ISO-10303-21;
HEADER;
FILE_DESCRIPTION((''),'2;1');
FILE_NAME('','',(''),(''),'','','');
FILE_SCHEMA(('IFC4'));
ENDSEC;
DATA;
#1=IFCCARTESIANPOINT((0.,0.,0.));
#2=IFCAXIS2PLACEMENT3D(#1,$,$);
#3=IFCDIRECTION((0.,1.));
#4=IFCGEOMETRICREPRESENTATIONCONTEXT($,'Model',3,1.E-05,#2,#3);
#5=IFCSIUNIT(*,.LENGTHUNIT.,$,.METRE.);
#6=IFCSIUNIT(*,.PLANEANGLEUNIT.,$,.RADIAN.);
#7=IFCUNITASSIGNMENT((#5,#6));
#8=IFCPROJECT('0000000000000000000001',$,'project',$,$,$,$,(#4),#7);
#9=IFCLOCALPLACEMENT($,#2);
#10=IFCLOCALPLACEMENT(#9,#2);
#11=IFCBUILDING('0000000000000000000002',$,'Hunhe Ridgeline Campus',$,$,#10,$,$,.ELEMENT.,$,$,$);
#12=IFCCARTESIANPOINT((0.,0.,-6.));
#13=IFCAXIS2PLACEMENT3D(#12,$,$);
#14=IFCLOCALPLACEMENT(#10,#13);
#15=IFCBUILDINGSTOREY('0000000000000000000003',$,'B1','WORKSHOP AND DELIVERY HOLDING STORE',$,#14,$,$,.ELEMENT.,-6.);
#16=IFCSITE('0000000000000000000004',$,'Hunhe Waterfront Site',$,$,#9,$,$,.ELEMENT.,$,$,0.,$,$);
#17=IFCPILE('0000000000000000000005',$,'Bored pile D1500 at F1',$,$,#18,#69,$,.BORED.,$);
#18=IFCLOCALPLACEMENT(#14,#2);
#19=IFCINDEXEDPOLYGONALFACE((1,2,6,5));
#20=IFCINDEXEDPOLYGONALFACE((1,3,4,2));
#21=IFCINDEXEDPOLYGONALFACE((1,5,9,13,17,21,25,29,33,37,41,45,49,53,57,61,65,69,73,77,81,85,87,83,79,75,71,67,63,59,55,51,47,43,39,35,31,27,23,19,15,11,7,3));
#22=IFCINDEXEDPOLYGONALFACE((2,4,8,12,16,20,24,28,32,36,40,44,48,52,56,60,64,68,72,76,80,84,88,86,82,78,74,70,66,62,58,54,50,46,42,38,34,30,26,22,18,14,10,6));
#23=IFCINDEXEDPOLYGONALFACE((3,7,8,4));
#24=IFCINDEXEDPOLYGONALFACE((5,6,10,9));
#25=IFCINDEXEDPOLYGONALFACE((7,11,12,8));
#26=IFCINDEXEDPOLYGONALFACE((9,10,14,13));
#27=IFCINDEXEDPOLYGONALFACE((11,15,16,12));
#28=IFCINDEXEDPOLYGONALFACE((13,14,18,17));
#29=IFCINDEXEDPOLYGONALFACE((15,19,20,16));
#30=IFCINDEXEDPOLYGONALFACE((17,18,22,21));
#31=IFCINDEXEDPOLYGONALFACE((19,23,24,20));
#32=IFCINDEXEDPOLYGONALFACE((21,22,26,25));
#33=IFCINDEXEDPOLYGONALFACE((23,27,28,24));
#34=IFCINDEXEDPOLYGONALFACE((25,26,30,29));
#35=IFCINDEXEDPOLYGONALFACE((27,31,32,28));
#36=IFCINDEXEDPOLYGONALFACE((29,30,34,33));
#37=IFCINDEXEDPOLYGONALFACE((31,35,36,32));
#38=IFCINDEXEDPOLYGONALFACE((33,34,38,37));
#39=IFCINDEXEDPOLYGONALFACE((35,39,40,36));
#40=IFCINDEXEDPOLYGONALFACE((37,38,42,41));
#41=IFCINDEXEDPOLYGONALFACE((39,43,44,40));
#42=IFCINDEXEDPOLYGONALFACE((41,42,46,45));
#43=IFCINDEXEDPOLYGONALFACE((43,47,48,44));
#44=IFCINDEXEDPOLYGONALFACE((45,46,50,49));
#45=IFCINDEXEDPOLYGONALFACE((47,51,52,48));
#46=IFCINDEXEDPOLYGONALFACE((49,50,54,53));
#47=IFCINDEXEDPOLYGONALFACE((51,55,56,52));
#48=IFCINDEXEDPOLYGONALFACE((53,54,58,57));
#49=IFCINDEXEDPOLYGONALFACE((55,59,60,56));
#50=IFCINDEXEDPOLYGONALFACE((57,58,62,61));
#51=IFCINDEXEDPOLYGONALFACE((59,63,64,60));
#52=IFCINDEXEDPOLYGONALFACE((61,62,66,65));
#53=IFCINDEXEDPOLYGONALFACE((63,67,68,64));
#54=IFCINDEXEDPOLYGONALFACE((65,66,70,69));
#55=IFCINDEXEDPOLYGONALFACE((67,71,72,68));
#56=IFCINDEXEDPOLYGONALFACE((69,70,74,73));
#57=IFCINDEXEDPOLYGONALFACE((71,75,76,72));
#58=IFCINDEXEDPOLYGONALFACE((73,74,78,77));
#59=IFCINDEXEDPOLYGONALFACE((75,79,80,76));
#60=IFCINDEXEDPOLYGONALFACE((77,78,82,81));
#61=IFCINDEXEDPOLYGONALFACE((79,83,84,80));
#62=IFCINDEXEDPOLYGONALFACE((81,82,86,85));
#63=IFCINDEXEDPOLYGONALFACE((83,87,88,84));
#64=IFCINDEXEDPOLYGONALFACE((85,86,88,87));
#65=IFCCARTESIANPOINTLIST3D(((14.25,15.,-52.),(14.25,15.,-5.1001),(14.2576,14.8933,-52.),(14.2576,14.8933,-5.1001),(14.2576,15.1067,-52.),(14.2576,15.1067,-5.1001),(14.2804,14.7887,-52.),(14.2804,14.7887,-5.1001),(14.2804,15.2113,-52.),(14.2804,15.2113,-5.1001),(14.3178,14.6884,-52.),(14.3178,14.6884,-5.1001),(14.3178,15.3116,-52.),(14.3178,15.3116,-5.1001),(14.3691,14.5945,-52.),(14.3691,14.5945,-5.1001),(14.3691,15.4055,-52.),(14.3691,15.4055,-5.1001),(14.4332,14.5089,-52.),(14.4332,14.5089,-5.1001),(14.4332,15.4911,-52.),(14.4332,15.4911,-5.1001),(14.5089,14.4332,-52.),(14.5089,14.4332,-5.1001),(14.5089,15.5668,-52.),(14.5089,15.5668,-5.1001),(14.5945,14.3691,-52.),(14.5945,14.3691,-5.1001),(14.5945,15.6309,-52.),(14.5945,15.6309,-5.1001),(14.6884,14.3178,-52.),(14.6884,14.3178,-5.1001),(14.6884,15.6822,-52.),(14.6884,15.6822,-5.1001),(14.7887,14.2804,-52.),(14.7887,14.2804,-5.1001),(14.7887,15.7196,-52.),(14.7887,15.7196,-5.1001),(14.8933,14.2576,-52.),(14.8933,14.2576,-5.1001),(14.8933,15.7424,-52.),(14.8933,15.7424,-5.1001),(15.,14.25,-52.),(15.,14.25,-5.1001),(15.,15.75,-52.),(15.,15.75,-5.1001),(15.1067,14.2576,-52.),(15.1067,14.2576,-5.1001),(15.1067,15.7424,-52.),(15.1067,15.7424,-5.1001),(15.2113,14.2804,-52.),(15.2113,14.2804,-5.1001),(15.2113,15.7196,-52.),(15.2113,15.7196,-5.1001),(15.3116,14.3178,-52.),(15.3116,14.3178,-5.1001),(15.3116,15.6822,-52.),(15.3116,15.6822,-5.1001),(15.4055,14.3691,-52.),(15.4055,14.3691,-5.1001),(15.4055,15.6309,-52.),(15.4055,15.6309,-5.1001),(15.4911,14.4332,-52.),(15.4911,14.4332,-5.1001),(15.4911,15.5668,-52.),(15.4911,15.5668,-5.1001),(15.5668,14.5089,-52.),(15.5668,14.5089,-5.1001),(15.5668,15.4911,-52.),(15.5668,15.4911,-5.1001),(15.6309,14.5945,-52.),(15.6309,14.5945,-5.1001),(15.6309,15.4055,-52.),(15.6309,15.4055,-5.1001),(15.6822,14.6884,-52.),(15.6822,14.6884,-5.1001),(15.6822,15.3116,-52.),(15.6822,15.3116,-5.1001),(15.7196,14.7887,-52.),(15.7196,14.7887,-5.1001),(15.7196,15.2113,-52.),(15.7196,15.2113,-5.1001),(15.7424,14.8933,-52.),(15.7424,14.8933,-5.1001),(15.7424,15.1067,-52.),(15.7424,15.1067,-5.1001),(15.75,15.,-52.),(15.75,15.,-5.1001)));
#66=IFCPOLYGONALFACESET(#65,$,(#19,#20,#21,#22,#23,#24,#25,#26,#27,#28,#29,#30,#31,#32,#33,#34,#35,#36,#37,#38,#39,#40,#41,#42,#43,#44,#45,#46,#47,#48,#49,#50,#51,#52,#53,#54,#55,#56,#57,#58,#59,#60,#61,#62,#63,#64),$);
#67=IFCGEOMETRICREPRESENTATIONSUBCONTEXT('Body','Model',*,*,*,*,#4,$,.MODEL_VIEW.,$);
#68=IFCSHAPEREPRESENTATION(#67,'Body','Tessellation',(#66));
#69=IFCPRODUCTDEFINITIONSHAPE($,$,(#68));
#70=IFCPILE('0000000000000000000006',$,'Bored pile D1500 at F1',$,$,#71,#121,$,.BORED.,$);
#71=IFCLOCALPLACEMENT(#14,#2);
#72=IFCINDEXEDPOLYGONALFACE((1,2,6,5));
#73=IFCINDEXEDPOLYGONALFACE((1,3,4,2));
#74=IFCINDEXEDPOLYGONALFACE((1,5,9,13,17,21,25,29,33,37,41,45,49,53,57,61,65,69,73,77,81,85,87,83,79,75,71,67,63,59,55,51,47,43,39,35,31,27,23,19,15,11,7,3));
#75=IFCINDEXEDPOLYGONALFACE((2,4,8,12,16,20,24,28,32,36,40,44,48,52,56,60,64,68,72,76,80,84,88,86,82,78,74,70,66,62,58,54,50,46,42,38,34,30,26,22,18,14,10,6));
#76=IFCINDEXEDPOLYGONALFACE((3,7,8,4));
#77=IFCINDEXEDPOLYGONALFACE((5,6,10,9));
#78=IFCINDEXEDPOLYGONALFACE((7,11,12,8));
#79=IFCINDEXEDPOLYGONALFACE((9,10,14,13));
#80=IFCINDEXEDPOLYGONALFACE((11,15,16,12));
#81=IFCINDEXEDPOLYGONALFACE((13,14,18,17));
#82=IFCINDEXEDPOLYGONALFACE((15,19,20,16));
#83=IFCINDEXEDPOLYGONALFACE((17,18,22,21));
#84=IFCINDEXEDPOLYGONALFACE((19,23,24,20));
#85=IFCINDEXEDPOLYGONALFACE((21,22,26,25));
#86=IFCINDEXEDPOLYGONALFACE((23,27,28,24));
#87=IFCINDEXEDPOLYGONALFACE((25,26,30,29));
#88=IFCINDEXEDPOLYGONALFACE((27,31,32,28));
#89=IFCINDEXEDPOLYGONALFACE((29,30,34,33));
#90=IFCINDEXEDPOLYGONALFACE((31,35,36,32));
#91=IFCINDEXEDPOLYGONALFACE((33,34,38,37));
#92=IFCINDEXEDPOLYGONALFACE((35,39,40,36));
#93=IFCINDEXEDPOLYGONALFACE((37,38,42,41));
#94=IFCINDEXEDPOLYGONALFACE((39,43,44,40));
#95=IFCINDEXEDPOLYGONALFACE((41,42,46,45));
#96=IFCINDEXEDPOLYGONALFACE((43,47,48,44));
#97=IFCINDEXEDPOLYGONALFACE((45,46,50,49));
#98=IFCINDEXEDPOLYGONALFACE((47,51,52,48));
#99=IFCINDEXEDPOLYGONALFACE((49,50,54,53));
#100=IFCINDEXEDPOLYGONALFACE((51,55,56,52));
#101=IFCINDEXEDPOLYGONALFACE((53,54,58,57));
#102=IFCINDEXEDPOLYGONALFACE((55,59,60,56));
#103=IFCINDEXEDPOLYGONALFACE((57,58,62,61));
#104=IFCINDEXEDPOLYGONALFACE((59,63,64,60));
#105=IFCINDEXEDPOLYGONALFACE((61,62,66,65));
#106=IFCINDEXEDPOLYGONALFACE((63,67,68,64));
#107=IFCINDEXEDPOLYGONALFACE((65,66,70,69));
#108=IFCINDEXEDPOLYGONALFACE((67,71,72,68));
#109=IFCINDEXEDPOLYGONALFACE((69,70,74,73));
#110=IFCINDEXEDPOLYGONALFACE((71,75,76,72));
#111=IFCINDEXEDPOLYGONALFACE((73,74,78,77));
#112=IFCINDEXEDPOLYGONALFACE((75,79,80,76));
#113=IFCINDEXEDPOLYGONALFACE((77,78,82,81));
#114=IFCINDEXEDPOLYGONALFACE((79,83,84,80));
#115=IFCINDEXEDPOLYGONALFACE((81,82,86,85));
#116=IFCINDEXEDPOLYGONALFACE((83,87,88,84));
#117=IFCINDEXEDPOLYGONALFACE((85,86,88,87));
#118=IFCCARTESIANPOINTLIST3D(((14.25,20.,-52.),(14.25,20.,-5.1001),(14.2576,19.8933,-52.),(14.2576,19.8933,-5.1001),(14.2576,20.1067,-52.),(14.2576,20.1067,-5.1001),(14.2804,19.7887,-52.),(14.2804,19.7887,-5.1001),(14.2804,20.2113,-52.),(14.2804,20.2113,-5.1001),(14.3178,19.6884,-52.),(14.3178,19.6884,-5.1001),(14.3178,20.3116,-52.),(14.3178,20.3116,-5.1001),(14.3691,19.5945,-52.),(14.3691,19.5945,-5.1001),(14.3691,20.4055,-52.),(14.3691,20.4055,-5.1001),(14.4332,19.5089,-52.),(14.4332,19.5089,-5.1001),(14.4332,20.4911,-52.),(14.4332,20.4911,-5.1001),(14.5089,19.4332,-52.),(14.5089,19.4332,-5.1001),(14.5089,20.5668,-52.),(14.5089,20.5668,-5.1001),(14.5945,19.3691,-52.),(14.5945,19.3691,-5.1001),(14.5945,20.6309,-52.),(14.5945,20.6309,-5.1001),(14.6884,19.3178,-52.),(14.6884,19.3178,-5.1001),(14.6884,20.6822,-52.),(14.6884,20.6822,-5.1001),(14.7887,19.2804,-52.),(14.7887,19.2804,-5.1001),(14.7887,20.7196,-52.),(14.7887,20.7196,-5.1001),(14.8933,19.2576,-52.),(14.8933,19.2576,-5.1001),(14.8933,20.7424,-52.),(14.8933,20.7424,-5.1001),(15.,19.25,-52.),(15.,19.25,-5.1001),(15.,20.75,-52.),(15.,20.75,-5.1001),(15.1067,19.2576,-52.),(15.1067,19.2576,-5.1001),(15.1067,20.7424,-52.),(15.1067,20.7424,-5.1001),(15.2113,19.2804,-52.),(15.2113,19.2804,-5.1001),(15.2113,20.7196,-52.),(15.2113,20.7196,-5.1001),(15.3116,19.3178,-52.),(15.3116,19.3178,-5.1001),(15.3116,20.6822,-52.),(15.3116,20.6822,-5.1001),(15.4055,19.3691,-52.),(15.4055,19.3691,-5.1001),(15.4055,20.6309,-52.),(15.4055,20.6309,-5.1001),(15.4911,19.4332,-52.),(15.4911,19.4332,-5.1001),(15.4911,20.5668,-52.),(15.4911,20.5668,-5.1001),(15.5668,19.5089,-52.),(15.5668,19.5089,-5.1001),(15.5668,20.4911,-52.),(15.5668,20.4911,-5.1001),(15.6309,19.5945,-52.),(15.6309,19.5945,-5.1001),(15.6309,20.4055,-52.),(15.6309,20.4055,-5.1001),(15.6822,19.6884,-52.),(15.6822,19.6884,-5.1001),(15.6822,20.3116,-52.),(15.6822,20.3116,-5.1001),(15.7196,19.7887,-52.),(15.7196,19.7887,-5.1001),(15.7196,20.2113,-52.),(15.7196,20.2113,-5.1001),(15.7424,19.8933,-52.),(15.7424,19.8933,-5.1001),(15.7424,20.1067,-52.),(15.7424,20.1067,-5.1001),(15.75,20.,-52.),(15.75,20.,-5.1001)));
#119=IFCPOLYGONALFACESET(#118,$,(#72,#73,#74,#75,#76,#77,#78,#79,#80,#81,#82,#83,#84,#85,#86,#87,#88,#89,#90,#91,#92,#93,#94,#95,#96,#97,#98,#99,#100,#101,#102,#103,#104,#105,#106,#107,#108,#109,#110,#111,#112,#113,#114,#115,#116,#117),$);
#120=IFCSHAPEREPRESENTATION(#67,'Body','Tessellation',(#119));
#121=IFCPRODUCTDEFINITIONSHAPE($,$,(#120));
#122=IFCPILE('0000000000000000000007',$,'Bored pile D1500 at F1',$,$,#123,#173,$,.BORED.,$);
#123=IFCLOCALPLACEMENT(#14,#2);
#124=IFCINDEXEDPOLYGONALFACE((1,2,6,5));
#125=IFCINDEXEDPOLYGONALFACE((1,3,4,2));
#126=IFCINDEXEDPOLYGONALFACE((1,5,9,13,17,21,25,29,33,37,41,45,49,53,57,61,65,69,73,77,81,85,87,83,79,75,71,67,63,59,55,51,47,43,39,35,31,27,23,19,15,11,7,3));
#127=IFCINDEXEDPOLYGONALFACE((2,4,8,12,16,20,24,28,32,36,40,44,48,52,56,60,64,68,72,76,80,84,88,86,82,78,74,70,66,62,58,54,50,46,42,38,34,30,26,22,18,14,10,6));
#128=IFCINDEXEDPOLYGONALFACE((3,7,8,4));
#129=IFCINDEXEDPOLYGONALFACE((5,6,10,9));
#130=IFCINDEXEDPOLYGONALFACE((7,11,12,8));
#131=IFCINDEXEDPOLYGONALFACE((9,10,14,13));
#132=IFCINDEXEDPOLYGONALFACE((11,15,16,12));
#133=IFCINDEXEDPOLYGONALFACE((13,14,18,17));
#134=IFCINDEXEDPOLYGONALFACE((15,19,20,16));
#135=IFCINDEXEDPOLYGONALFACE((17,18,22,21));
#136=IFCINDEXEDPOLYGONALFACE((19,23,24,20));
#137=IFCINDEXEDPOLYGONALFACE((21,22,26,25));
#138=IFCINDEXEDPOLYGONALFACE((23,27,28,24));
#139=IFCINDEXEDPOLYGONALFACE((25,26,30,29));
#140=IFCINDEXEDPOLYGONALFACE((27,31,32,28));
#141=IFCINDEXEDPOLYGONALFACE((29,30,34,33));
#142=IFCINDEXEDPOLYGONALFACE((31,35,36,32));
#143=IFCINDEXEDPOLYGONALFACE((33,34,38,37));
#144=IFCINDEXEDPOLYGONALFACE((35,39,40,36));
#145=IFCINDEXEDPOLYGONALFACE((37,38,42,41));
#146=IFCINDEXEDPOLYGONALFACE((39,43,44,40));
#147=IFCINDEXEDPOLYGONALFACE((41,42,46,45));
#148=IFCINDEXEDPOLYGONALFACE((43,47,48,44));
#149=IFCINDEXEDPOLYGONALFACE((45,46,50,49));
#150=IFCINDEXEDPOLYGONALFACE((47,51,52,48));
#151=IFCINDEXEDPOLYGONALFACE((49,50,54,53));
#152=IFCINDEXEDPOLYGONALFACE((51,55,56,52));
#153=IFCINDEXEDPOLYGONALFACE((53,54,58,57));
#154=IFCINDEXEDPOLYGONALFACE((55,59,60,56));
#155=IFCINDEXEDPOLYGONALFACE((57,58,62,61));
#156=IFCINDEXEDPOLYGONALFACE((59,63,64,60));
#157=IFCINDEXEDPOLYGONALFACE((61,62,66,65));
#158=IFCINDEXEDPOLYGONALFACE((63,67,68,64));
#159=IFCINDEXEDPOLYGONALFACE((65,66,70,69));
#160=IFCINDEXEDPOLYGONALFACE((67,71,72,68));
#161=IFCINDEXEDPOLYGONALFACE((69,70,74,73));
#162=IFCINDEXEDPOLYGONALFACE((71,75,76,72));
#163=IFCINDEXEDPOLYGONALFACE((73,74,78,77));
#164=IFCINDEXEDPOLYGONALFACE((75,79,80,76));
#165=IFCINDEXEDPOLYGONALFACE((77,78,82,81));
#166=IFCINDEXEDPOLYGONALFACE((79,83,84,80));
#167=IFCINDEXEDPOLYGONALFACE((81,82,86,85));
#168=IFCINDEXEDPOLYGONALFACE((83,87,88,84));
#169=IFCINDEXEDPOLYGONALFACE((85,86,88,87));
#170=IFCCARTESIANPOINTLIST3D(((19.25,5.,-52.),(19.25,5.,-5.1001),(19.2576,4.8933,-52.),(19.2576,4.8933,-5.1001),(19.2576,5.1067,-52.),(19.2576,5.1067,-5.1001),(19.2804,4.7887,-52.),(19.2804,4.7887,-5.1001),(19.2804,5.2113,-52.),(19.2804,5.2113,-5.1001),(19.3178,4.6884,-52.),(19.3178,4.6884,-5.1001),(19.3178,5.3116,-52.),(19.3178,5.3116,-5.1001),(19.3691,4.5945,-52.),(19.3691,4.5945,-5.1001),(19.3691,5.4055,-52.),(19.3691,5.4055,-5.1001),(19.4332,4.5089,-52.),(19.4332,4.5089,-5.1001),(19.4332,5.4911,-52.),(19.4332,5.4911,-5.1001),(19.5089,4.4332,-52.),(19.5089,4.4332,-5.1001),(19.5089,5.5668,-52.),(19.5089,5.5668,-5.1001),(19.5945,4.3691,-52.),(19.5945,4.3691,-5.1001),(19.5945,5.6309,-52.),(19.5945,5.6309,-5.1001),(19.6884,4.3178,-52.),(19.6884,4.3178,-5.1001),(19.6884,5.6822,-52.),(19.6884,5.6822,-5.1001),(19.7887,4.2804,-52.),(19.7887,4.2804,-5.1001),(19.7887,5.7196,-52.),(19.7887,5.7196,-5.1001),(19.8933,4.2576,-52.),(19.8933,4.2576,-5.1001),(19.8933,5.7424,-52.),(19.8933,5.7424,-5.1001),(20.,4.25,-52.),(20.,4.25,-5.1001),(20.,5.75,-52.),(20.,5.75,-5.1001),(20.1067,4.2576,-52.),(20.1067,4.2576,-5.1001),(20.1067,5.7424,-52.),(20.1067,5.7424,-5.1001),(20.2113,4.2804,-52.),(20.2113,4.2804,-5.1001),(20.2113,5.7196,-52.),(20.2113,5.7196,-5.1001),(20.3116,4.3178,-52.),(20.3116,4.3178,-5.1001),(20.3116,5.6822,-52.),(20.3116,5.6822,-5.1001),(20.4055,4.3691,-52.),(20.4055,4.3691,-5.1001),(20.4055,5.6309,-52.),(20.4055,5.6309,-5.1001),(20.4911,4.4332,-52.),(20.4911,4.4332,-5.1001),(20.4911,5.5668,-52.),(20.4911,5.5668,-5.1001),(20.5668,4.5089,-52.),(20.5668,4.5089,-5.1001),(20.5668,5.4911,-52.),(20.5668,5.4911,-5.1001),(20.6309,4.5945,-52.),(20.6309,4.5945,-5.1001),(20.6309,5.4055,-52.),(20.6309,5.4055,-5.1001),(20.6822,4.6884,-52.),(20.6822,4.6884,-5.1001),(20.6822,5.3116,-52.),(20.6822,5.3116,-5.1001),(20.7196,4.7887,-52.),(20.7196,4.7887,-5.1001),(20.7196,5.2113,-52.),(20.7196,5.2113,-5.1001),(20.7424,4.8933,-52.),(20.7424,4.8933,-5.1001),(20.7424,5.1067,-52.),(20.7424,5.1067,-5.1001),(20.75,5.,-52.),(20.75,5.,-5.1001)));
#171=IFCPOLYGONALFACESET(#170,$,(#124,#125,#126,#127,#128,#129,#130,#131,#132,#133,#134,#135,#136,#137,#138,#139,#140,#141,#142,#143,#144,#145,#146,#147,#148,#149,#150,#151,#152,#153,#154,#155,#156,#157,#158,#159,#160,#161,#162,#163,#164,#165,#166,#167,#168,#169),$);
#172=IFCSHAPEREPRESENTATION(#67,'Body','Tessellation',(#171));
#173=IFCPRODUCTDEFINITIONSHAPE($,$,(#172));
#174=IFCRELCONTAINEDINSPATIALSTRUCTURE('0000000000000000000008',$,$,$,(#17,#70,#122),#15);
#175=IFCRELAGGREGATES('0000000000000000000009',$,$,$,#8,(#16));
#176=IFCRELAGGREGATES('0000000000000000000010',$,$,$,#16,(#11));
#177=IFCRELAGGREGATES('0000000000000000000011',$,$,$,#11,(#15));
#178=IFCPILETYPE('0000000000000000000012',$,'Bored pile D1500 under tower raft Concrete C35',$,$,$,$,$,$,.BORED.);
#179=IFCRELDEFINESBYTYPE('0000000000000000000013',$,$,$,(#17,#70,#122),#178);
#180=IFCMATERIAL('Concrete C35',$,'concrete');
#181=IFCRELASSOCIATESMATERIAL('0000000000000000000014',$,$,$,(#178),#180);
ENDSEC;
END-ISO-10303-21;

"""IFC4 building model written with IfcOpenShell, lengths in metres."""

from ifc_helpers import new_model, si_unit, direction, frame, origin, origin_2d, place, context, subcontext, project, spatial, circle, extrude, material, material_profile, profile_set, type_object, element, save


model = new_model("IFC4")

# Units and contexts
model_context = context("Model", 3, precision=1e-05, world=origin(), true_north=direction((0.0, 1.0)))
body_context = subcontext(model_context, "Body", "Model", "MODEL_VIEW")
ifc_project = project(units=[si_unit("LENGTHUNIT", "METRE"), si_unit("PLANEANGLEUNIT", "RADIAN")], contexts=[model_context])

# Site, building, storey
site_placement = place(None, origin())
site = spatial("IfcSite", under=ifc_project, at=site_placement, Name="Hunhe Waterfront Site", CompositionType="ELEMENT", RefElevation=0.0)
building_placement = place(site_placement, origin())
building = spatial("IfcBuilding", under=site, at=building_placement, Name="Hunhe Ridgeline Campus", CompositionType="ELEMENT")
storey_placement = place(building_placement, frame((0.0, 0.0, -6.0)))
storey = spatial("IfcBuildingStorey", under=building, at=storey_placement, Name="B1", Description="WORKSHOP AND DELIVERY HOLDING STORE", CompositionType="ELEMENT", Elevation=-6.0)

# Piles
ifc_material_1 = material(Name="Concrete C35", Category="concrete")
ifc_material_profile_1 = material_profile(ifc_material_1, circle(Radius=0.75, at=origin_2d()))
ifc_profile_set_1 = profile_set([ifc_material_profile_1], Name="Concrete C35")
pile_type = type_object("IfcPileType", Name="Bored pile D1500 under tower raft Concrete C35", PredefinedType="BORED", material=ifc_profile_set_1)
for number, where, z_axis, x_axis, name in (
    (1, (15.0, 15.0, -5.1001), (0.0, 0.0, -1.0), (1.0, 0.0, 0.0), "Bored pile D1500 at F1"),
    (2, (15.0, 20.0, -5.1001), (0.0, 0.0, -1.0), (1.0, 0.0, 0.0), "Bored pile D1500 at F1"),
    (3, (20.0, 5.0, -5.1001), (0.0, 0.0, -1.0), (1.0, 0.0, 0.0), "Bored pile D1500 at F1"),
):
    element("IfcPile", number, at=place(storey_placement, frame(where, z_axis=z_axis, x_axis=x_axis)), inside=storey, type_object=pile_type, Name=name, PredefinedType="BORED", context=body_context, shape_type="SweptSolid", body=[
        extrude(circle(Radius=0.75, at=origin_2d()), origin(), (0.0, 0.0, 1.0), 46.8999),
    ])

save(model, "model.ifc")
